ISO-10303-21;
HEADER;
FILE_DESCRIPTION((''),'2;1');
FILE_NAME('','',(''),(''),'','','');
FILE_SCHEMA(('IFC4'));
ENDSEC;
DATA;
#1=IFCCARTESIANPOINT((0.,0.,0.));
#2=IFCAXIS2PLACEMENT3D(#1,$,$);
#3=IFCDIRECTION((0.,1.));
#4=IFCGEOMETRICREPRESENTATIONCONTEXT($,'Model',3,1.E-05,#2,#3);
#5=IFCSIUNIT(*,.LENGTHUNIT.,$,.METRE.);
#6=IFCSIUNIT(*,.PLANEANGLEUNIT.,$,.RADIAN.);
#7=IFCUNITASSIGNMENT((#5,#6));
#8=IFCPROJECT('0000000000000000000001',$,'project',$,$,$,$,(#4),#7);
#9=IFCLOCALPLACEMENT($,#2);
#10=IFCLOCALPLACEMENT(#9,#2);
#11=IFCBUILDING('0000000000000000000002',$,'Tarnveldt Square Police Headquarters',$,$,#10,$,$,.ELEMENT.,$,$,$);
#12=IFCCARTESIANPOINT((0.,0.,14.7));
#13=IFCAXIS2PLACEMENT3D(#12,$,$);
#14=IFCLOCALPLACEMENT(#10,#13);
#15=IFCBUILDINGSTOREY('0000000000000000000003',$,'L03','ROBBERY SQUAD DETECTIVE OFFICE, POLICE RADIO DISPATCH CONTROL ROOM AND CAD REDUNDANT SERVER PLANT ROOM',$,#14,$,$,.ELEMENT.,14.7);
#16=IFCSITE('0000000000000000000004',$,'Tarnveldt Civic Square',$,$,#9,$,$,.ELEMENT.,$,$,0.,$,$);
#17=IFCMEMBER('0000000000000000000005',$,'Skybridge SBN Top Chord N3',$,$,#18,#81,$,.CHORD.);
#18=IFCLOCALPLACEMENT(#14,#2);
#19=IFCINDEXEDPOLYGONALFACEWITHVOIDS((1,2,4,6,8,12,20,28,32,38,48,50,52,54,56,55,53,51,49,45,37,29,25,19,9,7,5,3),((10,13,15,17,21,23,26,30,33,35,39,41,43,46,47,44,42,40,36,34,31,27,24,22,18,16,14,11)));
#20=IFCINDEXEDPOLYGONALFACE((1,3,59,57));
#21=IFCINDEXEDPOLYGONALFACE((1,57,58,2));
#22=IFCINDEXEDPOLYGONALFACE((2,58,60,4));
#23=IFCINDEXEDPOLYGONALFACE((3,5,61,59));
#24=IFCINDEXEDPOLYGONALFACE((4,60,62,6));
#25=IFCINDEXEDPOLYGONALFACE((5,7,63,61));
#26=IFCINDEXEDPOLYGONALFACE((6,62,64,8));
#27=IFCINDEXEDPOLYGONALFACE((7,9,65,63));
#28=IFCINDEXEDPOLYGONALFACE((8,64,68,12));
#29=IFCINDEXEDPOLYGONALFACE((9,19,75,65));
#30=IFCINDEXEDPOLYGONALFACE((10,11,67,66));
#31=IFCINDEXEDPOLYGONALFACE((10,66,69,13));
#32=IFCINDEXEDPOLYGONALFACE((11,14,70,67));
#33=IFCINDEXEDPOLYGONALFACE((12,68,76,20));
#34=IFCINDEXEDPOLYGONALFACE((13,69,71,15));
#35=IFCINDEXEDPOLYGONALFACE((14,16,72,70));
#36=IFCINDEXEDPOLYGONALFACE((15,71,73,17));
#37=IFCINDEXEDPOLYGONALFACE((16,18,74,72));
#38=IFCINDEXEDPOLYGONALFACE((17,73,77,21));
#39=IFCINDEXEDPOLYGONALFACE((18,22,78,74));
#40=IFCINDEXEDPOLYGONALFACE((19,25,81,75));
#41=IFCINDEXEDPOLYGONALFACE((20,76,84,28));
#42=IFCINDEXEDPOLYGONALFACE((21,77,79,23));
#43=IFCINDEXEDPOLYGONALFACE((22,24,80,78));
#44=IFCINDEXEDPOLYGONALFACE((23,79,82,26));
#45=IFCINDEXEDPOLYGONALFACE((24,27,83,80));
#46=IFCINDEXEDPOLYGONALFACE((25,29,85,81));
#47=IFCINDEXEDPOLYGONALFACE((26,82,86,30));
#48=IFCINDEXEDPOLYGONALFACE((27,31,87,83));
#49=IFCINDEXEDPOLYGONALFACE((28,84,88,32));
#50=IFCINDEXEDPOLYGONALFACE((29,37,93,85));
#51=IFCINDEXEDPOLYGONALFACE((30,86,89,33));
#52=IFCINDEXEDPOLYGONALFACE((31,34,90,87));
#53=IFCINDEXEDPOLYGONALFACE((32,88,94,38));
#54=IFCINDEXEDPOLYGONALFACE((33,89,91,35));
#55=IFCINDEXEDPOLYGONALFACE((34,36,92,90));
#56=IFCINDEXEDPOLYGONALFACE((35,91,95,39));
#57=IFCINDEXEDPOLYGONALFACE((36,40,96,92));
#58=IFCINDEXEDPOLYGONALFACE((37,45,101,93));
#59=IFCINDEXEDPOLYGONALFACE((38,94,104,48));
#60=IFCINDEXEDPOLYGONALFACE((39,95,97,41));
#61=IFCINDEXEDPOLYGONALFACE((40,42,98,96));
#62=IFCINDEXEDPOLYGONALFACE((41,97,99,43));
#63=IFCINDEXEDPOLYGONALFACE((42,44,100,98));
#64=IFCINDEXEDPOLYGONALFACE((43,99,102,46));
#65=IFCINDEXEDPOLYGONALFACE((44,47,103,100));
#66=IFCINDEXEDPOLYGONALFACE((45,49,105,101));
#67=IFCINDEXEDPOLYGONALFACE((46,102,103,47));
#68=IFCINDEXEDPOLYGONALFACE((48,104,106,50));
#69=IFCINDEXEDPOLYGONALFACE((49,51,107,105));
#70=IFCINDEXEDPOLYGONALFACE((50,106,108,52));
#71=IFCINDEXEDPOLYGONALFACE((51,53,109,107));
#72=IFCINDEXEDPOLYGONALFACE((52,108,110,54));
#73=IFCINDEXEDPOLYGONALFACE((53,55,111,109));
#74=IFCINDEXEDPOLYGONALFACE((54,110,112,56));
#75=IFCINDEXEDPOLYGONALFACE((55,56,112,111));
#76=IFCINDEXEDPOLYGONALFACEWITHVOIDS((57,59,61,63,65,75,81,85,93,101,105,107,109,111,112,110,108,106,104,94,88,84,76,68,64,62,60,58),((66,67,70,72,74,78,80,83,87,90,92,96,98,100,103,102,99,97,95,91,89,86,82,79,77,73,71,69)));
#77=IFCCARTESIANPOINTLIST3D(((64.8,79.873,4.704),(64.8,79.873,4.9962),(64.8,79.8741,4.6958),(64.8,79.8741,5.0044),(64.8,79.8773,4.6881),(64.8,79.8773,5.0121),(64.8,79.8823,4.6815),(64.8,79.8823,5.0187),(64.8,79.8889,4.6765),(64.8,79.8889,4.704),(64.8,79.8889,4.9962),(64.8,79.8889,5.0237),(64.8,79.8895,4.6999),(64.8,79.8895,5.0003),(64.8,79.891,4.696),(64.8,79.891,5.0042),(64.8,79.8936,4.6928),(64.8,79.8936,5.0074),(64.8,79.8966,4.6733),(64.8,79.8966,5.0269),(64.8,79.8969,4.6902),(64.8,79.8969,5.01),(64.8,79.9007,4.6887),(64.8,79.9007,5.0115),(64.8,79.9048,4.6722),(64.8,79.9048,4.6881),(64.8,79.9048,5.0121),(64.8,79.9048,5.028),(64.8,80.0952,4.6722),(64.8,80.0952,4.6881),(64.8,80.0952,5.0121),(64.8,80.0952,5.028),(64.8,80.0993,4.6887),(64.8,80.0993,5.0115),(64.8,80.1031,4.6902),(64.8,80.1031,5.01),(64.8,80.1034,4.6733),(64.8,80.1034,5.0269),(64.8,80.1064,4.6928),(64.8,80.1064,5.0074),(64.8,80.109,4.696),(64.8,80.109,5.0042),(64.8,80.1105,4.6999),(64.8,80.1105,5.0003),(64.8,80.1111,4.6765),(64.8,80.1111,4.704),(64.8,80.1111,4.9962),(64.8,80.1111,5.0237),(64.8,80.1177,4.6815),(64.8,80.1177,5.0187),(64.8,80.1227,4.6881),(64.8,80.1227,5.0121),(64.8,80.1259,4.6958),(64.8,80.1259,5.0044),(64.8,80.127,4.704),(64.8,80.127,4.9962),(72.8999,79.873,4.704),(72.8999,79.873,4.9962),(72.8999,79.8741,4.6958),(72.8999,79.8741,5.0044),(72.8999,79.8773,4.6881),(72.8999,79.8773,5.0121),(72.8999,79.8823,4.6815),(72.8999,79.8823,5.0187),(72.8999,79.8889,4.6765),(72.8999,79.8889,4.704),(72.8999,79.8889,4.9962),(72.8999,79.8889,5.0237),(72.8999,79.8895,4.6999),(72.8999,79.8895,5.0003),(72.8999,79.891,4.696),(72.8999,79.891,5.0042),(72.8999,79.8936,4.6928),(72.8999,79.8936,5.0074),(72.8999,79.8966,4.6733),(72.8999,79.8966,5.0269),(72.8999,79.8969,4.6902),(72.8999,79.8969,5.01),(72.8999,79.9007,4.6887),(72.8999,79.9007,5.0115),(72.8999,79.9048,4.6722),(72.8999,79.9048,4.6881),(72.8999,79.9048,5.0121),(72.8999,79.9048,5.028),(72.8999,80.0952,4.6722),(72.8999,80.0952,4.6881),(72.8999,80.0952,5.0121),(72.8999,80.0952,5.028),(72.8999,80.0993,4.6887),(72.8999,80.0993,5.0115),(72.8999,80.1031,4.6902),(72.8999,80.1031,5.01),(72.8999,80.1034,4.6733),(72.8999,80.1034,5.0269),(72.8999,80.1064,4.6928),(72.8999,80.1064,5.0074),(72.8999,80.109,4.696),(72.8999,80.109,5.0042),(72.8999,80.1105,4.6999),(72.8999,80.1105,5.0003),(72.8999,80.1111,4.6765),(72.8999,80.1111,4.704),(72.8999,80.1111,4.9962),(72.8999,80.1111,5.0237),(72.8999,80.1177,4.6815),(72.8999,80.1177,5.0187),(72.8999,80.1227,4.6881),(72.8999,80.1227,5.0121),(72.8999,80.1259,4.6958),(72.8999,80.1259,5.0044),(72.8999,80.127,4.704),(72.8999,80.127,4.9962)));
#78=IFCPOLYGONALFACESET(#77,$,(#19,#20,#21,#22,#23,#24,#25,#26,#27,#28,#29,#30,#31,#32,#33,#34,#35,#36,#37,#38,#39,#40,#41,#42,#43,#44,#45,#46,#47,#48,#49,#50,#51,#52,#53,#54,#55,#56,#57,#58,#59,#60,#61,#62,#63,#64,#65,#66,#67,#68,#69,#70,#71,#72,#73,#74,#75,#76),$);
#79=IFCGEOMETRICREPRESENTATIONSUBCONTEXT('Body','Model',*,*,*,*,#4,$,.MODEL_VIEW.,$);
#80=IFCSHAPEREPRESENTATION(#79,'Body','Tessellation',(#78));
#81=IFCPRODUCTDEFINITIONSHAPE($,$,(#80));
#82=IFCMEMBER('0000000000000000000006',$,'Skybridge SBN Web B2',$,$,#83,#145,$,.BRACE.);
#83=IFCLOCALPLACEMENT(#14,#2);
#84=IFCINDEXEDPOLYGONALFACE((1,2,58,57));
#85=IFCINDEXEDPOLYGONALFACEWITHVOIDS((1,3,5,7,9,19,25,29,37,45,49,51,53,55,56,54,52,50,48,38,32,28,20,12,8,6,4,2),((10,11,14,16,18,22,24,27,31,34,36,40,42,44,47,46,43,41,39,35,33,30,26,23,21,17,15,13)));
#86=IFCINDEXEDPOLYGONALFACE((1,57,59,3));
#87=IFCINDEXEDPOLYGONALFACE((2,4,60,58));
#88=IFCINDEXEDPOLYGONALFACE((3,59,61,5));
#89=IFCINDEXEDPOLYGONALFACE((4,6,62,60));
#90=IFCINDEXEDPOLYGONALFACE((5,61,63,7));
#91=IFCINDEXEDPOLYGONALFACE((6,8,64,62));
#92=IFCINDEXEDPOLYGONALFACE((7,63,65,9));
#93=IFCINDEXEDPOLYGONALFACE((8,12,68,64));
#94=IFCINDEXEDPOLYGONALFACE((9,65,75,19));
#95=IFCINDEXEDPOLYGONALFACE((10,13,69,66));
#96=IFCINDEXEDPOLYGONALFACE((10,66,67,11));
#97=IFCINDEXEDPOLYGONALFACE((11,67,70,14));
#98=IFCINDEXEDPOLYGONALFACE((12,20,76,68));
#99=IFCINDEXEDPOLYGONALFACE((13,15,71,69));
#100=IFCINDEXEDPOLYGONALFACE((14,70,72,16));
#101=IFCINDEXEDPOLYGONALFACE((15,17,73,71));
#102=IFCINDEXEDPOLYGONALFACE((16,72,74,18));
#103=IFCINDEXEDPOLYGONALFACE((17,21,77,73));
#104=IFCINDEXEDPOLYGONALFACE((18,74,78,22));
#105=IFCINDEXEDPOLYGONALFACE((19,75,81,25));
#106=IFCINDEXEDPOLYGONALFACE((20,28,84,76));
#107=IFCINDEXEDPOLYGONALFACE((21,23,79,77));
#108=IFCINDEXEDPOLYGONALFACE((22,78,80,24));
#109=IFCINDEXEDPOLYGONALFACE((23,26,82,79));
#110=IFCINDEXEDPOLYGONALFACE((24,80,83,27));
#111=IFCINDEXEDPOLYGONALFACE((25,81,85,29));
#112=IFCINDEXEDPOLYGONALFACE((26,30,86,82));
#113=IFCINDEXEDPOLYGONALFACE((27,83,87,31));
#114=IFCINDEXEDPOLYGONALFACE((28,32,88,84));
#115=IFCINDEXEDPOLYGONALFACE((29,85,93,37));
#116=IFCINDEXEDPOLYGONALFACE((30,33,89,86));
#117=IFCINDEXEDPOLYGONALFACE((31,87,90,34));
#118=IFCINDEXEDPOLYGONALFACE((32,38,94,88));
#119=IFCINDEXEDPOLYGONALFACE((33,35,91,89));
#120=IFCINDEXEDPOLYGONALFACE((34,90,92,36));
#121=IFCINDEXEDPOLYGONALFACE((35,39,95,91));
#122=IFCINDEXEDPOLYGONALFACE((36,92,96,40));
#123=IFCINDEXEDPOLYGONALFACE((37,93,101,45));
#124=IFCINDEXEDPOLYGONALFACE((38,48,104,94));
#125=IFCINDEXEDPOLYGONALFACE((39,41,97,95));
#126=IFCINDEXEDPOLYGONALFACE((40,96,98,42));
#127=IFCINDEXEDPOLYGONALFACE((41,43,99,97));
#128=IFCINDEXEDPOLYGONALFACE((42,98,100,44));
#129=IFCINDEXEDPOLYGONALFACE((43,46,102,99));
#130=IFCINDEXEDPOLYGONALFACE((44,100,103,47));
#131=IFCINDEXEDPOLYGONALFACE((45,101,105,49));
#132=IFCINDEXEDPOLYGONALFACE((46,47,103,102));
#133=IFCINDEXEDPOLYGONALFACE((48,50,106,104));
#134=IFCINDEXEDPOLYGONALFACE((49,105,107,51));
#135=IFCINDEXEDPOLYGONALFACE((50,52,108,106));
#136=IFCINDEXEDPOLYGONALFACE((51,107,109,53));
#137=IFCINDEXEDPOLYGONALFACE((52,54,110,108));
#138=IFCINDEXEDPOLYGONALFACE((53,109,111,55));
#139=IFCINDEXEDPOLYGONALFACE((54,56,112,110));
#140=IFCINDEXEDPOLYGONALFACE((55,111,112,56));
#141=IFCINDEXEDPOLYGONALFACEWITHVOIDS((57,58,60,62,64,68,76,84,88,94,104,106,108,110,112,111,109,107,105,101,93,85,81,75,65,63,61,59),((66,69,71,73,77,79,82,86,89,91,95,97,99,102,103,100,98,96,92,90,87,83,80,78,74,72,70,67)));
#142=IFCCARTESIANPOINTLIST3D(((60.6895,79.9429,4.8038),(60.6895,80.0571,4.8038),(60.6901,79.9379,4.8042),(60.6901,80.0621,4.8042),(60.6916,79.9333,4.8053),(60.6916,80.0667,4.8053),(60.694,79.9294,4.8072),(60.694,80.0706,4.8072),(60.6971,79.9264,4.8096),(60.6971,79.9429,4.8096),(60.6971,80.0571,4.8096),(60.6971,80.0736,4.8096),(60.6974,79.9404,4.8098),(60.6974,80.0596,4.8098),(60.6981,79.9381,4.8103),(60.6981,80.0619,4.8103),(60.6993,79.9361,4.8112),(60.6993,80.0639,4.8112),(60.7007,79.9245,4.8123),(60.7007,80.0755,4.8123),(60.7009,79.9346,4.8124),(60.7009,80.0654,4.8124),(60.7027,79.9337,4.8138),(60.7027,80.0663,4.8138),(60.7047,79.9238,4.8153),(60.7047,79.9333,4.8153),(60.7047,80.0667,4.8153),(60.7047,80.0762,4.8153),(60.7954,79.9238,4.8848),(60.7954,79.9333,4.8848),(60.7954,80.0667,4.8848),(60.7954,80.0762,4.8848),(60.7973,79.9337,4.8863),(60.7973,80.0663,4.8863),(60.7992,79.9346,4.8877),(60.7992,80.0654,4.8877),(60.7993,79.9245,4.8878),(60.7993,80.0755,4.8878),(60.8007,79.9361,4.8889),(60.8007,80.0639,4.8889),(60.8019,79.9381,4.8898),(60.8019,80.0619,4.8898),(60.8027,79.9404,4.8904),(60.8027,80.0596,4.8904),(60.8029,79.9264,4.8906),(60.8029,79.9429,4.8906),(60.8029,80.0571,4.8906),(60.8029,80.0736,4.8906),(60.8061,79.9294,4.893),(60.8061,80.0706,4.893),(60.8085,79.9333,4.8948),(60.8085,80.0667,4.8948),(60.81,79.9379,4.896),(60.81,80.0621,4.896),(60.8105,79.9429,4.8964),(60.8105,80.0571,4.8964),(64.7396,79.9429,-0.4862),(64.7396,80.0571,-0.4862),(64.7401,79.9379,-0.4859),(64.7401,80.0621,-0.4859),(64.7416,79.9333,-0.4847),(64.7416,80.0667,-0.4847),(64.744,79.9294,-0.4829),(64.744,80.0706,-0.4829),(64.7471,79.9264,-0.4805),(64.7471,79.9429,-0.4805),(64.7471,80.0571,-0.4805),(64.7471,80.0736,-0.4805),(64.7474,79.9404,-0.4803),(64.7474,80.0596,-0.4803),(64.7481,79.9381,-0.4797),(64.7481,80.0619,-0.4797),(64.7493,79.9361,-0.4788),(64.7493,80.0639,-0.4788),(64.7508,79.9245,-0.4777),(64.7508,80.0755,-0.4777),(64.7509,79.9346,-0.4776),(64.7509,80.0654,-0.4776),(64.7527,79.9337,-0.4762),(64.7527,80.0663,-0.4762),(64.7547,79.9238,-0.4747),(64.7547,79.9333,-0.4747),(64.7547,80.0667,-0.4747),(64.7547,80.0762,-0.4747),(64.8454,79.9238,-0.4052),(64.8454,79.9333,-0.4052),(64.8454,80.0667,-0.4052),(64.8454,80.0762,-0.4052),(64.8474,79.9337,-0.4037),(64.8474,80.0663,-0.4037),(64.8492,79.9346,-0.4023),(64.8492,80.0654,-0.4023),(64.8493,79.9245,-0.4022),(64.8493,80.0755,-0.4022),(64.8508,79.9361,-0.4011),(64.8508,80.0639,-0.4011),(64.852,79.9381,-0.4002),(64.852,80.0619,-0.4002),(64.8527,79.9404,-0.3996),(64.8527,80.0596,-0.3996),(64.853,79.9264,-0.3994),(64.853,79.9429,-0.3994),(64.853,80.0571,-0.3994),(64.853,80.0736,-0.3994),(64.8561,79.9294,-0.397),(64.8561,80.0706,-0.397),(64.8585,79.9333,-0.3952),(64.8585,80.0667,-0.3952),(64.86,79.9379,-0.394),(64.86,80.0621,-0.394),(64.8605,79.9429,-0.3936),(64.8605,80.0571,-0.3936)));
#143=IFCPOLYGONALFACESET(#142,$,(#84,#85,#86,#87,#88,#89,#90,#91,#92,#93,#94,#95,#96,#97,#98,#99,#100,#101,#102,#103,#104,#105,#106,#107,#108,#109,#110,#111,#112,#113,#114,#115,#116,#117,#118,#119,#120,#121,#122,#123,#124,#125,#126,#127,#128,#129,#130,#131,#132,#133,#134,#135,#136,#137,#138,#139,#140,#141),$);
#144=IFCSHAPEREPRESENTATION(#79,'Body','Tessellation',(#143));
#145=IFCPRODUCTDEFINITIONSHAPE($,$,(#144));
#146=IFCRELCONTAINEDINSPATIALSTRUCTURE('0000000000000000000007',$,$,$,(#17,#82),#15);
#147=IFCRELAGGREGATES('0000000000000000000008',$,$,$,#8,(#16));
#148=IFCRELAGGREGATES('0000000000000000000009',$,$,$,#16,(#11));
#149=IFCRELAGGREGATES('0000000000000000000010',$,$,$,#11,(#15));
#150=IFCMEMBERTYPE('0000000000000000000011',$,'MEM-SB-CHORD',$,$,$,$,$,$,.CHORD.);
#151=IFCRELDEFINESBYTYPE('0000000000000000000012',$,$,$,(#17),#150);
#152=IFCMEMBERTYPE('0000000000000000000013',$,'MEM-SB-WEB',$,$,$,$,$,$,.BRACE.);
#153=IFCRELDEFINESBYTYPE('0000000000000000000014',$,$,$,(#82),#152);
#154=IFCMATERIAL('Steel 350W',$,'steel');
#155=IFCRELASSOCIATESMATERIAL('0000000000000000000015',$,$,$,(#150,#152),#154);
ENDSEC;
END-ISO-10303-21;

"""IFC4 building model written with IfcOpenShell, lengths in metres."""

from ifc_helpers import new_model, si_unit, direction, frame, origin, origin_2d, place, context, subcontext, project, spatial, hollow_rectangle, extrude, material, material_profile, profile_set, type_object, element, save


model = new_model("IFC4")

# Units and contexts
model_context = context("Model", 3, precision=1e-05, world=origin(), true_north=direction((0.0, 1.0)))
body_context = subcontext(model_context, "Body", "Model", "MODEL_VIEW")
ifc_project = project(units=[si_unit("LENGTHUNIT", "METRE"), si_unit("PLANEANGLEUNIT", "RADIAN")], contexts=[model_context])

# Site, building, storey
site_placement = place(None, origin())
site = spatial("IfcSite", under=ifc_project, at=site_placement, Name="Tarnveldt Civic Square", CompositionType="ELEMENT", RefElevation=0.0)
building_placement = place(site_placement, origin())
building = spatial("IfcBuilding", under=site, at=building_placement, Name="Tarnveldt Square Police Headquarters", CompositionType="ELEMENT")
storey_placement = place(building_placement, frame((0.0, 0.0, 14.7)))
storey = spatial("IfcBuildingStorey", under=building, at=storey_placement, Name="L03", Description="ROBBERY SQUAD DETECTIVE OFFICE, POLICE RADIO DISPATCH CONTROL ROOM AND CAD REDUNDANT SERVER PLANT ROOM", CompositionType="ELEMENT", Elevation=14.7)

# Shared definitions
ifc_material_1 = material(Name="Steel 350W", Category="steel")

# Members
ifc_material_profile_1 = material_profile(ifc_material_1, hollow_rectangle(XDim=0.2539, YDim=0.3557, WallThickness=0.0159, InnerFilletRadius=0.0159, OuterFilletRadius=0.0317, at=origin_2d()), Name="HSS356x254x16")
ifc_profile_set_1 = profile_set([ifc_material_profile_1], Name="Steel 350W")
member_type_1 = type_object("IfcMemberType", Name="MEM-SB-CHORD", PredefinedType="CHORD", material=ifc_profile_set_1)
for number, where, z_axis, x_axis, name in (
    (1, (64.8, 80.0, 4.8501), (1.0, 0.0, 0.0), (0.0, 1.0, 0.0), "Skybridge SBN Top Chord N3"),
):
    element("IfcMember", number, at=place(storey_placement, frame(where, z_axis=z_axis, x_axis=x_axis)), inside=storey, type_object=member_type_1, Name=name, PredefinedType="CHORD", context=body_context, shape_type="SweptSolid", body=[
        extrude(hollow_rectangle(XDim=0.2539, YDim=0.3557, WallThickness=0.0159, InnerFilletRadius=0.0159, OuterFilletRadius=0.0317, at=origin_2d()), origin(), (0.0, 0.0, 1.0), 8.0999),
    ])
ifc_material_profile_2 = material_profile(ifc_material_1, hollow_rectangle(XDim=0.1523, YDim=0.1523, WallThickness=0.0095, InnerFilletRadius=0.0095, OuterFilletRadius=0.019, at=origin_2d()), Name="HSS152x152x9.5")
ifc_profile_set_2 = profile_set([ifc_material_profile_2], Name="Steel 350W")
member_type_2 = type_object("IfcMemberType", Name="MEM-SB-WEB", PredefinedType="BRACE", material=ifc_profile_set_2)
for number, where, z_axis, x_axis, name in (
    (2, (64.8, 80.0, -0.4399), (-0.607898, 0.0, 0.794016), (0.0, -1.0, 0.0), "Skybridge SBN Web B2"),
):
    element("IfcMember", number, at=place(storey_placement, frame(where, z_axis=z_axis, x_axis=x_axis)), inside=storey, type_object=member_type_2, Name=name, PredefinedType="BRACE", context=body_context, shape_type="SweptSolid", body=[
        extrude(hollow_rectangle(XDim=0.1523, YDim=0.1523, WallThickness=0.0095, InnerFilletRadius=0.0095, OuterFilletRadius=0.019, at=origin_2d()), origin(), (0.0, 0.0, 1.0), 6.6624),
    ])

save(model, "model.ifc")
